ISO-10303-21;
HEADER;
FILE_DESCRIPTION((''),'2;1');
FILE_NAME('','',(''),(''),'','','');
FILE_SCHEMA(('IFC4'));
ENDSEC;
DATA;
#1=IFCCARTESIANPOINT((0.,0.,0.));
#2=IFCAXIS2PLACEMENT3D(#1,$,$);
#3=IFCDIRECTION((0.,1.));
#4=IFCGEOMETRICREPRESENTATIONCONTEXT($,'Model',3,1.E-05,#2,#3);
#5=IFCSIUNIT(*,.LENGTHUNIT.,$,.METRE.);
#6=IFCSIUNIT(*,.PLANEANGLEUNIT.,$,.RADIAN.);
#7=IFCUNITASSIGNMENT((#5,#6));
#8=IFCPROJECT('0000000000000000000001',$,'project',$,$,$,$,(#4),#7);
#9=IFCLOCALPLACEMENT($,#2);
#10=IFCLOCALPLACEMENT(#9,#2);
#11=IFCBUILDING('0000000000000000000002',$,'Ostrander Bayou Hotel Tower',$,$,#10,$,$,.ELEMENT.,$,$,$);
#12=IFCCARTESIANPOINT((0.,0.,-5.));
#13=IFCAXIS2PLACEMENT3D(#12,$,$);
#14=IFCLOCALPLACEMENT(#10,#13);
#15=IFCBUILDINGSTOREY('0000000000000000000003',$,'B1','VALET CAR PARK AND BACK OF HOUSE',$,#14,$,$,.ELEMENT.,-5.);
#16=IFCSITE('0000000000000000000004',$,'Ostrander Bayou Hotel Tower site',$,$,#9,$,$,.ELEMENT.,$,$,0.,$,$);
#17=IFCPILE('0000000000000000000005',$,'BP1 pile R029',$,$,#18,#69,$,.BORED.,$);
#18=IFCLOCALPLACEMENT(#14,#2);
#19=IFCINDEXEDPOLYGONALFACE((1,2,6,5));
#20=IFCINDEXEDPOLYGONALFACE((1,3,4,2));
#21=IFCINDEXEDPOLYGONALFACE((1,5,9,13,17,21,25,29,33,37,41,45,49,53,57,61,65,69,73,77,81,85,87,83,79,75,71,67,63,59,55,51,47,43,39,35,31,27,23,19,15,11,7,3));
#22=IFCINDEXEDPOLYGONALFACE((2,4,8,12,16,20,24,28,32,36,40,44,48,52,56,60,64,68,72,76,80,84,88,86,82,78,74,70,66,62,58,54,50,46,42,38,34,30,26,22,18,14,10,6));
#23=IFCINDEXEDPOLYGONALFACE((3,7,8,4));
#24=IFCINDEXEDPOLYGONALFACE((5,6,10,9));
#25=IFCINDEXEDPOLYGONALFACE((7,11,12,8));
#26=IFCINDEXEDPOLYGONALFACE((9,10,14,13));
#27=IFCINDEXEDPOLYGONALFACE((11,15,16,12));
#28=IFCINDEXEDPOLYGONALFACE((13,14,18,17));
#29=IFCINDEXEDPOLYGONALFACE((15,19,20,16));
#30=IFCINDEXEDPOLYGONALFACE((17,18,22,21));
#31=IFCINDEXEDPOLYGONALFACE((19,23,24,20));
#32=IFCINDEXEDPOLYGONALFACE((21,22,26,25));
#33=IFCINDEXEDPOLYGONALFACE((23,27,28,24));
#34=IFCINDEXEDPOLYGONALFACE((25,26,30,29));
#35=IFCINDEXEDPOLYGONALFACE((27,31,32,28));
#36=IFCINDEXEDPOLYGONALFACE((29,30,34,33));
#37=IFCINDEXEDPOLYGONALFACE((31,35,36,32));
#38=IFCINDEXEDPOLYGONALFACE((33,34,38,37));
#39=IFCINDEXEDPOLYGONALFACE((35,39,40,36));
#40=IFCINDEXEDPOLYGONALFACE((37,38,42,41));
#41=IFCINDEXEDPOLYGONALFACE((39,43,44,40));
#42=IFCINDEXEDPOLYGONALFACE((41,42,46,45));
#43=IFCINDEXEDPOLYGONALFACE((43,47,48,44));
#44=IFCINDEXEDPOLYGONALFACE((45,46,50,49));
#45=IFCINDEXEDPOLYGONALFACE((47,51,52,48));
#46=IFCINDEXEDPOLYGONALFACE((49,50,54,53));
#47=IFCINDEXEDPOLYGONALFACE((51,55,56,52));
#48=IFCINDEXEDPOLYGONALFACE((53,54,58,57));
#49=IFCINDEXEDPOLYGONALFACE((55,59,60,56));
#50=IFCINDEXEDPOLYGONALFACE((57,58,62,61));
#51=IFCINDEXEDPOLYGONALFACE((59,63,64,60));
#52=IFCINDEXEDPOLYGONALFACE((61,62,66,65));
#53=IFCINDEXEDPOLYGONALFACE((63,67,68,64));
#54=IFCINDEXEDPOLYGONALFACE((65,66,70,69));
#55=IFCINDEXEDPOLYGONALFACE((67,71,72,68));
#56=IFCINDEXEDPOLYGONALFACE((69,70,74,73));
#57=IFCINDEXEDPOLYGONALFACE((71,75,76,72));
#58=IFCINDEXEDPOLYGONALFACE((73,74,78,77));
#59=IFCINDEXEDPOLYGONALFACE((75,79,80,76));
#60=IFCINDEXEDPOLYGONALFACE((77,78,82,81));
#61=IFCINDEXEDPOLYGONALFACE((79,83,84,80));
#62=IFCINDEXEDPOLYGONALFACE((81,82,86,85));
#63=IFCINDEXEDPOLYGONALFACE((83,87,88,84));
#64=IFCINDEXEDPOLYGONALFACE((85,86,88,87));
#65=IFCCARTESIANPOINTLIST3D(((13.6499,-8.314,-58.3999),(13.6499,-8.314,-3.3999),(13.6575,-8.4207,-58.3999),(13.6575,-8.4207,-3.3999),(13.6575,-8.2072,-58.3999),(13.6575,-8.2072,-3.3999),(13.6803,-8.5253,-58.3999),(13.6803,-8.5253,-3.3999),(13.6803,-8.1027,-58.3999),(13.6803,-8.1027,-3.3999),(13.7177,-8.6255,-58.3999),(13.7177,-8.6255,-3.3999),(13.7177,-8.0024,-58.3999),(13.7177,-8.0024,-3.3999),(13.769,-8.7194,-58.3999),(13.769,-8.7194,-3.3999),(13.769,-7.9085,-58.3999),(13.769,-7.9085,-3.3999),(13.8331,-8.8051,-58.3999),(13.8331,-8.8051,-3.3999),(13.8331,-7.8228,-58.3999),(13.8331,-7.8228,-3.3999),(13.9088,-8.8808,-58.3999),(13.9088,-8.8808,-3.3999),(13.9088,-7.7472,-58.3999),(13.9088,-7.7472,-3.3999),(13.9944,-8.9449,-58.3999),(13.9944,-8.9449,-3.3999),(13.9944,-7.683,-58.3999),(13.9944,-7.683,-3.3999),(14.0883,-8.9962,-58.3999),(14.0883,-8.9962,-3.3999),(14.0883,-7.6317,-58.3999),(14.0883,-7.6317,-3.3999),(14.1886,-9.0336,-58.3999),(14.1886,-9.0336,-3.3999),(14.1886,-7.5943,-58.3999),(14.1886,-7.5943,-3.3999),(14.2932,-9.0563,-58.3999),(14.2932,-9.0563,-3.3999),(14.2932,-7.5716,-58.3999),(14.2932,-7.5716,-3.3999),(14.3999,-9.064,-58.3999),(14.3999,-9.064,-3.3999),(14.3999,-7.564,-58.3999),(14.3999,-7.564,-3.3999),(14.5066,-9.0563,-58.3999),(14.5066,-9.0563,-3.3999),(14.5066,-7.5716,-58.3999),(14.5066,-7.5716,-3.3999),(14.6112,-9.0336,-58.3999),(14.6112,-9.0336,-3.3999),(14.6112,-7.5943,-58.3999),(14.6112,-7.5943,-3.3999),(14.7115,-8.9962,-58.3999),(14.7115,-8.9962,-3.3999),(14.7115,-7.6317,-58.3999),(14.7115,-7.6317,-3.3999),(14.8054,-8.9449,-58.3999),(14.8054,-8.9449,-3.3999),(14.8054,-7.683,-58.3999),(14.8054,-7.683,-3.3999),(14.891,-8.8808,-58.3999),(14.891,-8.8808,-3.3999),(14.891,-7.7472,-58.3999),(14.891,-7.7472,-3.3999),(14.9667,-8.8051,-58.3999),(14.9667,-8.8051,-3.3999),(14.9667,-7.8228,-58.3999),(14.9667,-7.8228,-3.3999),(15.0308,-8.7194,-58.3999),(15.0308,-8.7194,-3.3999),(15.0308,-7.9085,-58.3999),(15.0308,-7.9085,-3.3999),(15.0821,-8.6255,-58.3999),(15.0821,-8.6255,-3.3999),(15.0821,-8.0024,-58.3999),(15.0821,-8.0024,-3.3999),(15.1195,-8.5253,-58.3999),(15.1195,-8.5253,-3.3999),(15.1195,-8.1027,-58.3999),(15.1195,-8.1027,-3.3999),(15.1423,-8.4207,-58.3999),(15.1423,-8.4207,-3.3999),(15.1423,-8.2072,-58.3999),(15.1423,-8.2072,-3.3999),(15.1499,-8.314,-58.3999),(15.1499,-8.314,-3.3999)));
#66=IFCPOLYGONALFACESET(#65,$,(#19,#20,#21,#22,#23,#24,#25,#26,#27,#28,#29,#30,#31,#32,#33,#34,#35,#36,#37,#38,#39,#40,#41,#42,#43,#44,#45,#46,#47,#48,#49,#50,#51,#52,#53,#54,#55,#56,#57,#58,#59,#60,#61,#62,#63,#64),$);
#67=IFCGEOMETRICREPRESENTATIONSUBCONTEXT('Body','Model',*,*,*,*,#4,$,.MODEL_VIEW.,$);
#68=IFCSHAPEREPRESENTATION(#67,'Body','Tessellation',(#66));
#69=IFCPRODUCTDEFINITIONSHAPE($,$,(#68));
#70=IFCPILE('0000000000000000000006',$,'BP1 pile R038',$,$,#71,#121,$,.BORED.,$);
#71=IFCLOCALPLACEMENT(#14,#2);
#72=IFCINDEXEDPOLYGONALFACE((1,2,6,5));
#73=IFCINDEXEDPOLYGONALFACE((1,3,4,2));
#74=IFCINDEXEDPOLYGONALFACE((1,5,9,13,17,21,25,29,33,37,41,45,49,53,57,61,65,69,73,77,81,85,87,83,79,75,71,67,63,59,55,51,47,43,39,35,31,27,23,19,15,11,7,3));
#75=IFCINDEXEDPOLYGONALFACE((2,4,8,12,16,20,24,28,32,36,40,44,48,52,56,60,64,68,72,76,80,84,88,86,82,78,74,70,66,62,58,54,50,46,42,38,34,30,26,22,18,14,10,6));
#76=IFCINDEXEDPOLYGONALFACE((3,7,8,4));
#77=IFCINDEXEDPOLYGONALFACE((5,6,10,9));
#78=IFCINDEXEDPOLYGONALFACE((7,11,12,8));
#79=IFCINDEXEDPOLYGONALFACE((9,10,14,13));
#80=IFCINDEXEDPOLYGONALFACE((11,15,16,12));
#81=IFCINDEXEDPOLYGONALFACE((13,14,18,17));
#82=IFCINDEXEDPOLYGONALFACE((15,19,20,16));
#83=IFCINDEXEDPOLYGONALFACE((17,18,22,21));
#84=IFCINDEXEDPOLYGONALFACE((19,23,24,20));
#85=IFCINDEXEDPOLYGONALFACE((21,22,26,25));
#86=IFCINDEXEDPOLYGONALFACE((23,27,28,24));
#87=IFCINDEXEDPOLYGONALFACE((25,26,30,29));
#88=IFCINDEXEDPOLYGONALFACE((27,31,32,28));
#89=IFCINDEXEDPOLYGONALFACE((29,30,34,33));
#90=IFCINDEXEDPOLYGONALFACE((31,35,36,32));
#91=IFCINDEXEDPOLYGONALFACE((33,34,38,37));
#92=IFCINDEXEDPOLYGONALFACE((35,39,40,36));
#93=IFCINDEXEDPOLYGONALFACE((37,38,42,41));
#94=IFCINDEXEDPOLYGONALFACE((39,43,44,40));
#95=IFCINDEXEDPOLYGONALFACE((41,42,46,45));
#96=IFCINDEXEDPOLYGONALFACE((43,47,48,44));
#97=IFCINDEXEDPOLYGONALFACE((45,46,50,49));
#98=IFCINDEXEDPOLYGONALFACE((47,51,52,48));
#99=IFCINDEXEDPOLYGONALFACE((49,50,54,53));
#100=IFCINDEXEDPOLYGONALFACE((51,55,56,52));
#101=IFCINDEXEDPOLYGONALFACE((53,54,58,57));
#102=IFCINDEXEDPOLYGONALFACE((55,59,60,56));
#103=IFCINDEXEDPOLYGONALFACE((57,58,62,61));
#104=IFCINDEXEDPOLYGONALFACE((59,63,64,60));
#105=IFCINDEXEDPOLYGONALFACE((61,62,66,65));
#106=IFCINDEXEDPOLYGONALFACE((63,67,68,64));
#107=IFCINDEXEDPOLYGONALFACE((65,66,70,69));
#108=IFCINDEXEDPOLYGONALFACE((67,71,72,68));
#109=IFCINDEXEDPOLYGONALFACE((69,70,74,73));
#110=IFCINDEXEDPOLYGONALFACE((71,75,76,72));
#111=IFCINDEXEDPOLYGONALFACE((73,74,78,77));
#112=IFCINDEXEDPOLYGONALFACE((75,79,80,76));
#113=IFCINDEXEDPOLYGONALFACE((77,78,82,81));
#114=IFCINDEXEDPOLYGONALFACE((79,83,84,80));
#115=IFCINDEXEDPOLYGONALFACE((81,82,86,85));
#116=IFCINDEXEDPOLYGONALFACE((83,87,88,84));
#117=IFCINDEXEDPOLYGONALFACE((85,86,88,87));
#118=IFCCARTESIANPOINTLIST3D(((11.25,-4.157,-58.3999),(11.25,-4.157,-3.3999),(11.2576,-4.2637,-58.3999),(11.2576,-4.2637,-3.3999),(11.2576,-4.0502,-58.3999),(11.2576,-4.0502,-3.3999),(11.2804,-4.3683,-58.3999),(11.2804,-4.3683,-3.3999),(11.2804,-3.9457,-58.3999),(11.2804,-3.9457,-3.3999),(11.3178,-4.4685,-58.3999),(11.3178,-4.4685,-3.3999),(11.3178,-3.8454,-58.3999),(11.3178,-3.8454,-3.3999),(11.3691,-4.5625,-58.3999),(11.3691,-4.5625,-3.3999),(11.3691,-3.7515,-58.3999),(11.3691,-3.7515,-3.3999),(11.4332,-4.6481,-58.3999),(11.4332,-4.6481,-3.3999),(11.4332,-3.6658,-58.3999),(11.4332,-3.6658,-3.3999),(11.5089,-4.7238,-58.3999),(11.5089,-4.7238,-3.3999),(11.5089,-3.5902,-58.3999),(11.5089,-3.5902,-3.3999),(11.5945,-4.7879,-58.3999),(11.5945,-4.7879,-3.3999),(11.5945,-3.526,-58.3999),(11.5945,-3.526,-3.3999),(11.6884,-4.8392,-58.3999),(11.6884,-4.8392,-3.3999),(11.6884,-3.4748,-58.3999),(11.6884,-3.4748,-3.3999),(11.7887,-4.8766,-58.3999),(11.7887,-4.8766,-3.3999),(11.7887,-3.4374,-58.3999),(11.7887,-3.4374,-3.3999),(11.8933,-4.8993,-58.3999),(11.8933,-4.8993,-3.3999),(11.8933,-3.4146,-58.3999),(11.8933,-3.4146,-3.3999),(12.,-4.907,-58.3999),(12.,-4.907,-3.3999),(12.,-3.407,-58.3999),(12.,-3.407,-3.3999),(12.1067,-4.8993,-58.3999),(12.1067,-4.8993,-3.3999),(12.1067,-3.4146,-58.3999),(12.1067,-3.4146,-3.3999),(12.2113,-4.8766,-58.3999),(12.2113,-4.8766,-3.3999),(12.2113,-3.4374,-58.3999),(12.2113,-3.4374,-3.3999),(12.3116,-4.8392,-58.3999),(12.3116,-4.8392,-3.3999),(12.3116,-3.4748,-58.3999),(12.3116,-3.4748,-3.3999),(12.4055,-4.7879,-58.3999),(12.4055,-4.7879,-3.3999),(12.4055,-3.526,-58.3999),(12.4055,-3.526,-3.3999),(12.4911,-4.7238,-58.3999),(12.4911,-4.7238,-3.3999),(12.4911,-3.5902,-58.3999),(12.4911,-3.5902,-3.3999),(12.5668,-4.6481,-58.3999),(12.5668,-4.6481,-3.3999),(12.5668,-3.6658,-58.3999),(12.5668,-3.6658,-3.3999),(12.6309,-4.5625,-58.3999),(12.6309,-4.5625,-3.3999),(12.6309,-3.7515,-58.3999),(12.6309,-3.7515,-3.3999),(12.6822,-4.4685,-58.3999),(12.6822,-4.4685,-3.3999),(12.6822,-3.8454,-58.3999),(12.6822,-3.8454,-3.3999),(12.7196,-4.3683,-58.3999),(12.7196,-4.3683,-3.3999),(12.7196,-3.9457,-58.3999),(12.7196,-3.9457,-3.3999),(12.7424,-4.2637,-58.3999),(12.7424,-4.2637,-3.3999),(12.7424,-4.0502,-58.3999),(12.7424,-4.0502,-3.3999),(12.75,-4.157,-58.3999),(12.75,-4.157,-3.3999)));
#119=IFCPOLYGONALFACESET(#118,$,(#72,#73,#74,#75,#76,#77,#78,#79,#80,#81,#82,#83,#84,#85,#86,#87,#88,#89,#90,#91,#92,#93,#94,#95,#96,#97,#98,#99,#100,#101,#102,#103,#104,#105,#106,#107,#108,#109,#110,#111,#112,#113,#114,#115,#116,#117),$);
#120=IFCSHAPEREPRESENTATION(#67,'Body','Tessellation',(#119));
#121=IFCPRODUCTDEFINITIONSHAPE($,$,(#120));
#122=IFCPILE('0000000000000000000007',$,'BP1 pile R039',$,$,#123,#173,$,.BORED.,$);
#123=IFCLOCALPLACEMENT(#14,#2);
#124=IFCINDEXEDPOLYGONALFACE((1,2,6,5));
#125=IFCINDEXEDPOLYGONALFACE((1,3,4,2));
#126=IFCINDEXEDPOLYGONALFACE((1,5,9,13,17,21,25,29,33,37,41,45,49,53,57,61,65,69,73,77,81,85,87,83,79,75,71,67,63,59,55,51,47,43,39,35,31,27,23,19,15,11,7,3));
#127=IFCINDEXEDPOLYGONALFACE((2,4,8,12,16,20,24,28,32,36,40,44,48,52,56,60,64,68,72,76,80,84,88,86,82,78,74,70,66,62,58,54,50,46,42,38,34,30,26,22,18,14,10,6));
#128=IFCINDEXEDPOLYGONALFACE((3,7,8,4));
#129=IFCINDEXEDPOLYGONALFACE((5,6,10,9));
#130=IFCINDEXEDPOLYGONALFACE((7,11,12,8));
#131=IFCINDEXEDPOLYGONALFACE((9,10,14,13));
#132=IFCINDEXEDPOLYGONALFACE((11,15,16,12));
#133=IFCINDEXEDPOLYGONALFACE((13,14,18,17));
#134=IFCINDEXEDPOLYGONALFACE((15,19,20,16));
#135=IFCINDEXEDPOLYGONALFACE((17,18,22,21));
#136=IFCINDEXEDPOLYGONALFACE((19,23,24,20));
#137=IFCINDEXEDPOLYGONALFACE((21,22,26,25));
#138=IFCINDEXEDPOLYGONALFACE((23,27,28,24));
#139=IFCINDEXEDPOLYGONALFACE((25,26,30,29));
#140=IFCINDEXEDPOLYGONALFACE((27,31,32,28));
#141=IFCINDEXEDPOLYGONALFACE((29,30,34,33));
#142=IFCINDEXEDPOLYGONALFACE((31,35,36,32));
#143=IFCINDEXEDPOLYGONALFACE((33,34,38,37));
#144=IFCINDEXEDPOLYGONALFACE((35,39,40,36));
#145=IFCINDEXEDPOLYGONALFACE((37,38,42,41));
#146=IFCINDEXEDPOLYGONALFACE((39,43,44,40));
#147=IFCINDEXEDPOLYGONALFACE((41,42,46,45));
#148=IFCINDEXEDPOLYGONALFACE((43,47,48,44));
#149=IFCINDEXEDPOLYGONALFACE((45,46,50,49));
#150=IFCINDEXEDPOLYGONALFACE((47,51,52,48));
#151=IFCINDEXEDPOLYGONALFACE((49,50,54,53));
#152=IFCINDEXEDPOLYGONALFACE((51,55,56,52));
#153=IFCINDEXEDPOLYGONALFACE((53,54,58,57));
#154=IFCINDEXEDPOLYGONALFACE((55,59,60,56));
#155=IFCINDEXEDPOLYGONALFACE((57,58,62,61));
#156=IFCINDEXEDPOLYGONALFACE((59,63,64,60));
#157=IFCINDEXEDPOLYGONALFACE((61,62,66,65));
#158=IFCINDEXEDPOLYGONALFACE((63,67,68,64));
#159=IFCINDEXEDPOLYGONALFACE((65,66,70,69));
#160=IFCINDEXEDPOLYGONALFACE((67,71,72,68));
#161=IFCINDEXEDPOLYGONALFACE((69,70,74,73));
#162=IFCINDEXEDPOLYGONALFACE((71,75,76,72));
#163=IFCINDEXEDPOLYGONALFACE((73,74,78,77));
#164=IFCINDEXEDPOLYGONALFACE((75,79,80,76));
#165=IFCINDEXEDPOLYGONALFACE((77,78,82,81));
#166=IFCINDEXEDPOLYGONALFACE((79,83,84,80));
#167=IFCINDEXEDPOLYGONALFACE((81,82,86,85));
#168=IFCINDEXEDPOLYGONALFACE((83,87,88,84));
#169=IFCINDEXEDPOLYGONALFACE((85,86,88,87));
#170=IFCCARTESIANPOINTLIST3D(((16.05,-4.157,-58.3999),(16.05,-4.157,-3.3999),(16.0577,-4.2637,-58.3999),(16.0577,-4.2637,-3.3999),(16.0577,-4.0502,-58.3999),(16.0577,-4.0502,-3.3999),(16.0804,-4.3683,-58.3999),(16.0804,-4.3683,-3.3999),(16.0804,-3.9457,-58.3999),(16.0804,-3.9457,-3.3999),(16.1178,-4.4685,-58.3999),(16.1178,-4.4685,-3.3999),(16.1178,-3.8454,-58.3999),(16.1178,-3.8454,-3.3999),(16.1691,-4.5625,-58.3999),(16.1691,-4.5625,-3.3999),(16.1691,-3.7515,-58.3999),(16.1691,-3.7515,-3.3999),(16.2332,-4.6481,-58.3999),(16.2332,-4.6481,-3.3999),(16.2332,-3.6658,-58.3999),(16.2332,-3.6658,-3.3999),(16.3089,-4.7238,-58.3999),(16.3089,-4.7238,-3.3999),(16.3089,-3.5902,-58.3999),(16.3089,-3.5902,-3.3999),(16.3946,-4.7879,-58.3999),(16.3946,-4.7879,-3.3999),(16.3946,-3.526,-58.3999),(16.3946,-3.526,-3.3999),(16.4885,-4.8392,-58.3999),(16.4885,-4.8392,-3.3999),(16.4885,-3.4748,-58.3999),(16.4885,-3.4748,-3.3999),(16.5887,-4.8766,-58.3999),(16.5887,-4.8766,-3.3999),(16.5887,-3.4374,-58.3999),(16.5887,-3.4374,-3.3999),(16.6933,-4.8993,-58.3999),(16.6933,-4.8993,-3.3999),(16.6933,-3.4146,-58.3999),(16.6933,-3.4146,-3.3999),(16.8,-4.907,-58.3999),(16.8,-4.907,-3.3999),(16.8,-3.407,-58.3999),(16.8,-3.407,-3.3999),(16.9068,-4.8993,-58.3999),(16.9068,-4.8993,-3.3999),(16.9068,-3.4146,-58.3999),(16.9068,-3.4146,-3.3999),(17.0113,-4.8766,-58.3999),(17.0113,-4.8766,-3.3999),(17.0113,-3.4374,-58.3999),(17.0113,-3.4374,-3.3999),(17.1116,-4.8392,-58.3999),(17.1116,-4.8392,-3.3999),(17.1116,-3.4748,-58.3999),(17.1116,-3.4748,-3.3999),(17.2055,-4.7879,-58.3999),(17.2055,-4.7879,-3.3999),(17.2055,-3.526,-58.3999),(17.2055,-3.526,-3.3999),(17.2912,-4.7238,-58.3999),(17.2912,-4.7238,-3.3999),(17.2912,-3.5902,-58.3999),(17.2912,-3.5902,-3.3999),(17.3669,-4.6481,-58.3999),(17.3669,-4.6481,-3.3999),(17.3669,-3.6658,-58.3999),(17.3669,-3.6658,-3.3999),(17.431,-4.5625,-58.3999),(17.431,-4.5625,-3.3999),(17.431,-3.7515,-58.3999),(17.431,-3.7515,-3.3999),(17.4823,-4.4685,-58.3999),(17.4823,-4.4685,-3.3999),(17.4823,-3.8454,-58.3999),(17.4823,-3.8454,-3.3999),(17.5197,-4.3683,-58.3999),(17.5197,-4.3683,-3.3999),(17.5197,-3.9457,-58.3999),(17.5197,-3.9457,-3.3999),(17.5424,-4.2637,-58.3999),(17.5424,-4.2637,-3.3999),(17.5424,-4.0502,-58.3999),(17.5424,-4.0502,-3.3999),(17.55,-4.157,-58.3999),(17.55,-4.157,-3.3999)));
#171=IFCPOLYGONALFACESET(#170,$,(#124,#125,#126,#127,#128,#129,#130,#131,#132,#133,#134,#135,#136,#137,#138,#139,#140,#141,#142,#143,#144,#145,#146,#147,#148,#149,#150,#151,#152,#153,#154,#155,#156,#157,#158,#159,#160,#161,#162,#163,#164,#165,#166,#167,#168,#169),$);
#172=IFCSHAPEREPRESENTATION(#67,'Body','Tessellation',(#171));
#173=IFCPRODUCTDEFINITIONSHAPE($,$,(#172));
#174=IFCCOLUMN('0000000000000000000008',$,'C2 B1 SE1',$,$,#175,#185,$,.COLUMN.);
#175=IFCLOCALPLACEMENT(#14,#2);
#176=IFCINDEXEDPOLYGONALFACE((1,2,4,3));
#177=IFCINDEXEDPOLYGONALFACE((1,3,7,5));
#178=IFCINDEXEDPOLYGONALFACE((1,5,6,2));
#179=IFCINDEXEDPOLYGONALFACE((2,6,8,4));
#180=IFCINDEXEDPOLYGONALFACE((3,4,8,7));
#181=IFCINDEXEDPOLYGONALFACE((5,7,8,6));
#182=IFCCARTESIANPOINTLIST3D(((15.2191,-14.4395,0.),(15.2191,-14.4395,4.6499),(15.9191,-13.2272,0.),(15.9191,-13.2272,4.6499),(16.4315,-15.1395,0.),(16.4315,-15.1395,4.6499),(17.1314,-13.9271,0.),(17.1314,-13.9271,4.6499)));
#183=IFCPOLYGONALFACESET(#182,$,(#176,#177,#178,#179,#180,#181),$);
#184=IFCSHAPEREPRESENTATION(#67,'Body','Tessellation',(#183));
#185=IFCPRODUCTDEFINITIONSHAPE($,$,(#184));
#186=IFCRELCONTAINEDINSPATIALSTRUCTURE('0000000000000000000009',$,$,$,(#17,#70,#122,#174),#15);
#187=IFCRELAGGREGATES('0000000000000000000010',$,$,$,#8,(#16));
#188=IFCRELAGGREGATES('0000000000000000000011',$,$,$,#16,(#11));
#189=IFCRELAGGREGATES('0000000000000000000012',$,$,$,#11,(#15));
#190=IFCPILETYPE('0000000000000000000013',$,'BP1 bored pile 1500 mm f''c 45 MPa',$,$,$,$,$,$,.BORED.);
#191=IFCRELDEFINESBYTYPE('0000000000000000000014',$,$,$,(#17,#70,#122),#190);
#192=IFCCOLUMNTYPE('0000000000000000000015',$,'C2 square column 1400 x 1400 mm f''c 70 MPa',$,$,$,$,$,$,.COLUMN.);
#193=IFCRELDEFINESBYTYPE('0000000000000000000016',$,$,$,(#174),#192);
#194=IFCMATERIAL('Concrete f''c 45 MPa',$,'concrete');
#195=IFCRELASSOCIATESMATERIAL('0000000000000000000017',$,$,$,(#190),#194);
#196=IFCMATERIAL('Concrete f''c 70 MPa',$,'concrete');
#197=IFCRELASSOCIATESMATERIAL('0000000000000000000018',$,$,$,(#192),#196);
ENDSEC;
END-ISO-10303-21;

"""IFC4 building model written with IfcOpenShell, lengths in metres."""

from ifc_helpers import new_model, si_unit, direction, frame, origin, origin_2d, place, context, subcontext, project, spatial, rectangle, circle, extrude, material, material_profile, profile_set, type_object, element, save


model = new_model("IFC4")

# Units and contexts
model_context = context("Model", 3, precision=1e-05, world=origin(), true_north=direction((0.0, 1.0)))
body_context = subcontext(model_context, "Body", "Model", "MODEL_VIEW")
ifc_project = project(units=[si_unit("LENGTHUNIT", "METRE"), si_unit("PLANEANGLEUNIT", "RADIAN")], contexts=[model_context])

# Site, building, storey
site_placement = place(None, origin())
site = spatial("IfcSite", under=ifc_project, at=site_placement, Name="Ostrander Bayou Hotel Tower site", CompositionType="ELEMENT", RefElevation=0.0)
building_placement = place(site_placement, origin())
building = spatial("IfcBuilding", under=site, at=building_placement, Name="Ostrander Bayou Hotel Tower", CompositionType="ELEMENT")
storey_placement = place(building_placement, frame((0.0, 0.0, -5.0)))
storey = spatial("IfcBuildingStorey", under=building, at=storey_placement, Name="B1", Description="VALET CAR PARK AND BACK OF HOUSE", CompositionType="ELEMENT", Elevation=-5.0)

# Piles
ifc_material_1 = material(Name="Concrete f'c 45 MPa", Category="concrete")
ifc_material_profile_1 = material_profile(ifc_material_1, circle(Radius=0.75, at=origin_2d()))
ifc_profile_set_1 = profile_set([ifc_material_profile_1], Name="Concrete f'c 45 MPa")
pile_type = type_object("IfcPileType", Name="BP1 bored pile 1500 mm f'c 45 MPa", PredefinedType="BORED", material=ifc_profile_set_1)
for number, where, z_axis, x_axis, name in (
    (1, (14.3999, -8.314, -3.3999), (0.0, 0.0, -1.0), (1.0, 0.0, 0.0), "BP1 pile R029"),
    (2, (12.0, -4.157, -3.3999), (0.0, 0.0, -1.0), (1.0, 0.0, 0.0), "BP1 pile R038"),
    (3, (16.8, -4.157, -3.3999), (0.0, 0.0, -1.0), (1.0, 0.0, 0.0), "BP1 pile R039"),
):
    element("IfcPile", number, at=place(storey_placement, frame(where, z_axis=z_axis, x_axis=x_axis)), inside=storey, type_object=pile_type, Name=name, PredefinedType="BORED", context=body_context, shape_type="SweptSolid", body=[
        extrude(circle(Radius=0.75, at=origin_2d()), origin(), (0.0, 0.0, 1.0), 55.0),
    ])

# Column
ifc_material_2 = material(Name="Concrete f'c 70 MPa", Category="concrete")
ifc_material_profile_2 = material_profile(ifc_material_2, rectangle(XDim=1.3999, YDim=1.3999, at=origin_2d()))
ifc_profile_set_2 = profile_set([ifc_material_profile_2], Name="Concrete f'c 70 MPa")
column_type = type_object("IfcColumnType", Name="C2 square column 1400 x 1400 mm f'c 70 MPa", PredefinedType="COLUMN", material=ifc_profile_set_2)
column_placement = place(storey_placement, frame((16.1753, -14.1833, 0.0), z_axis=(0.0, 0.0, 1.0), x_axis=(-0.5, -0.866025, 0.0)))
element("IfcColumn", 4, at=column_placement, inside=storey, type_object=column_type, Name="C2 B1 SE1", PredefinedType="COLUMN", context=body_context, shape_type="SweptSolid", body=[
    extrude(rectangle(XDim=1.3999, YDim=1.3999, at=origin_2d()), origin(), (0.0, 0.0, 1.0), 4.6499),
])

save(model, "model.ifc")
